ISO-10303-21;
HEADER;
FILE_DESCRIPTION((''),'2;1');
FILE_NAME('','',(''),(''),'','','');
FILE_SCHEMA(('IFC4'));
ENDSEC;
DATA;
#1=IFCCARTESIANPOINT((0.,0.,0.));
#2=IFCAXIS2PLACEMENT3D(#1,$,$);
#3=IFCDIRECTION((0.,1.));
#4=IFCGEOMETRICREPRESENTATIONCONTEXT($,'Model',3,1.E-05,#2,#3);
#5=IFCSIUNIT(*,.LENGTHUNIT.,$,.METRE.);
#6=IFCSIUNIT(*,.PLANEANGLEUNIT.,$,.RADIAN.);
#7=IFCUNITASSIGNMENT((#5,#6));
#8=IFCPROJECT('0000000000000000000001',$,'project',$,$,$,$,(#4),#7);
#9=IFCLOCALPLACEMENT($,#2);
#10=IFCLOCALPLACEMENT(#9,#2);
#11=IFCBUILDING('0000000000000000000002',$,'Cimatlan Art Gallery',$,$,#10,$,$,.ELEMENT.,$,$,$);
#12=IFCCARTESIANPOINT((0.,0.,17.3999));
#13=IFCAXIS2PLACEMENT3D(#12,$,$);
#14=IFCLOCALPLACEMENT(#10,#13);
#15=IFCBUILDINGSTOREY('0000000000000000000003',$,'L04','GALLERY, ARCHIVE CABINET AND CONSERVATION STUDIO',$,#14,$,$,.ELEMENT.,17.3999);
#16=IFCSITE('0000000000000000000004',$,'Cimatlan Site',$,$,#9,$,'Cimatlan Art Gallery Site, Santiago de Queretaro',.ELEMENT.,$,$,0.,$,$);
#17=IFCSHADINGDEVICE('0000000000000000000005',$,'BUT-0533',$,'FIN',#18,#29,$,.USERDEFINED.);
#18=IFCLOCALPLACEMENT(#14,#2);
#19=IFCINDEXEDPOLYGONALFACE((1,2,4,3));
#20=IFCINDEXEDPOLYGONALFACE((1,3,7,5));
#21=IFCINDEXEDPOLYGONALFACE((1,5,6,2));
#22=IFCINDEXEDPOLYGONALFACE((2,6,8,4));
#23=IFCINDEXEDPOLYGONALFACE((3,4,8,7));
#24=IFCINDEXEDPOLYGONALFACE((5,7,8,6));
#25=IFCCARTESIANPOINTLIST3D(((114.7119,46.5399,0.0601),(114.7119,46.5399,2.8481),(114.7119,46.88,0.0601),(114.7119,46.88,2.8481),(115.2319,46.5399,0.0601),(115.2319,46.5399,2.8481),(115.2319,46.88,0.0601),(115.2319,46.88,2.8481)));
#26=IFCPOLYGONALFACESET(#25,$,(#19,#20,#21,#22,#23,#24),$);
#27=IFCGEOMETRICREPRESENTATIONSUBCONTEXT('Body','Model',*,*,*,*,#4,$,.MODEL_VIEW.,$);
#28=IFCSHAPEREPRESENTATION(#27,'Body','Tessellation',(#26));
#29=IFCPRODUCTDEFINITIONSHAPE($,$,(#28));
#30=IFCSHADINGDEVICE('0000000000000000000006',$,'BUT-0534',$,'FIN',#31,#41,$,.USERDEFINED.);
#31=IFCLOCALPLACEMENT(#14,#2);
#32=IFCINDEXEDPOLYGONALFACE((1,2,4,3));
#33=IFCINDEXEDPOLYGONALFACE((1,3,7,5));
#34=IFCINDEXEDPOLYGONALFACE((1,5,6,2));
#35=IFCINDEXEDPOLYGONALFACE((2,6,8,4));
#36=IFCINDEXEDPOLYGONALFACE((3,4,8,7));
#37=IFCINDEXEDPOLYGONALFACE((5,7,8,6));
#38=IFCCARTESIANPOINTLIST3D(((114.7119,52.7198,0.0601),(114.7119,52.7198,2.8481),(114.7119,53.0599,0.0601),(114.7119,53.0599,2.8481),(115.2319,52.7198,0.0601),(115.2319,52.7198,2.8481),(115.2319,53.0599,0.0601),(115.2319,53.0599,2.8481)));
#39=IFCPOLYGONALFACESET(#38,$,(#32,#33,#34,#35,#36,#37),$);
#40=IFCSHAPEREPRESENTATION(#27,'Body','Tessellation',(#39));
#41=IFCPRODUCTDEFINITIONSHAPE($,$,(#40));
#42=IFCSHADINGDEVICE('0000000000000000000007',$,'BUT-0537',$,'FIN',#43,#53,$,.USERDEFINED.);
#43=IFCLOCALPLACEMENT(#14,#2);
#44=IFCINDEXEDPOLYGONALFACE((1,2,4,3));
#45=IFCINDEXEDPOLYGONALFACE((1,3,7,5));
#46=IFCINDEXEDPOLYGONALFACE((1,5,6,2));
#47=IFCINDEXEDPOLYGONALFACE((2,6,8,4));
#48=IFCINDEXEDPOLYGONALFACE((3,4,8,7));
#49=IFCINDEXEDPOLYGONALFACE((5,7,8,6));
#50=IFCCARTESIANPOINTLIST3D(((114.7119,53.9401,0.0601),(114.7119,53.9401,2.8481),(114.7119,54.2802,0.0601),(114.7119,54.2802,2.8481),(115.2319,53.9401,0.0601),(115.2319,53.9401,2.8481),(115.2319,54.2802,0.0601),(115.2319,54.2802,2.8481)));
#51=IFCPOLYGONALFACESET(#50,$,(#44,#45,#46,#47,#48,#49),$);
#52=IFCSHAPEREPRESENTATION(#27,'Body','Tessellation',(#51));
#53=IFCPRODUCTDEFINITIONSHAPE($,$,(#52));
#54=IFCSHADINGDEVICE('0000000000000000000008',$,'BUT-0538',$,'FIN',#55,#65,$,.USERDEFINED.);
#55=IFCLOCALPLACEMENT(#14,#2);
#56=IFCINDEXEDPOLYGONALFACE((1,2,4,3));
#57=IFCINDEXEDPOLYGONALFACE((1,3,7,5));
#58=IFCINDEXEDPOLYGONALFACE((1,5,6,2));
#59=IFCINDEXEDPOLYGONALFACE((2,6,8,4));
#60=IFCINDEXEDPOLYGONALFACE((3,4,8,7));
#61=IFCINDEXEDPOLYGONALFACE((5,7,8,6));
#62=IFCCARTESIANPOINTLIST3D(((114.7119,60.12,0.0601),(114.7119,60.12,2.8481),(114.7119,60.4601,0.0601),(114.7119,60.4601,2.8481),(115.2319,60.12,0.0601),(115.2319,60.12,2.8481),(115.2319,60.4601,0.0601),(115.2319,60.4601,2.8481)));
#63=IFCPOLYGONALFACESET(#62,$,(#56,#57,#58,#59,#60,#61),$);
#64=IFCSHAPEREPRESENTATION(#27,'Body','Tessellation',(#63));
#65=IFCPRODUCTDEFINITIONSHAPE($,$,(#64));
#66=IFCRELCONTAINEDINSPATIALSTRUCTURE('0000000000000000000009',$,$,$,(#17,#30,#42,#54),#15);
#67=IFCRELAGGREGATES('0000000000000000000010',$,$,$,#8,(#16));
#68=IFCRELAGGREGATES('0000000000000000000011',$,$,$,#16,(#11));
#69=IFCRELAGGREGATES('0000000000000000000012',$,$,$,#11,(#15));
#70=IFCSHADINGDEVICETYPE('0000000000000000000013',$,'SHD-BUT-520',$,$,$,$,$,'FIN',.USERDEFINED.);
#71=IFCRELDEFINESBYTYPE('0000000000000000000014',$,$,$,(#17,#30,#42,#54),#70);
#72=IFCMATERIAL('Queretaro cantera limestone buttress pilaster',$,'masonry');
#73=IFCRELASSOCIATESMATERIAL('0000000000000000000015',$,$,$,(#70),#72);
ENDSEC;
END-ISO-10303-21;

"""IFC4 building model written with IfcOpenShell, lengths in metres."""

from ifc_helpers import new_model, si_unit, direction, frame, origin, origin_2d, place, context, subcontext, project, spatial, rectangle, extrude, material, type_object, element, save


model = new_model("IFC4")

# Units and contexts
model_context = context("Model", 3, precision=1e-05, world=origin(), true_north=direction((0.0, 1.0)))
body_context = subcontext(model_context, "Body", "Model", "MODEL_VIEW")
ifc_project = project(units=[si_unit("LENGTHUNIT", "METRE"), si_unit("PLANEANGLEUNIT", "RADIAN")], contexts=[model_context])

# Site, building, storey
site_placement = place(None, origin())
site = spatial("IfcSite", under=ifc_project, at=site_placement, Name="Cimatlan Site", LongName="Cimatlan Art Gallery Site, Santiago de Queretaro", CompositionType="ELEMENT", RefElevation=0.0)
building_placement = place(site_placement, origin())
building = spatial("IfcBuilding", under=site, at=building_placement, Name="Cimatlan Art Gallery", CompositionType="ELEMENT")
storey_placement = place(building_placement, frame((0.0, 0.0, 17.3999)))
storey = spatial("IfcBuildingStorey", under=building, at=storey_placement, Name="L04", Description="GALLERY, ARCHIVE CABINET AND CONSERVATION STUDIO", CompositionType="ELEMENT", Elevation=17.3999)

# Shading devices
ifc_material_1 = material(Name="Queretaro cantera limestone buttress pilaster", Category="masonry")
shading_device_type = type_object("IfcShadingDeviceType", Name="SHD-BUT-520", ElementType="FIN", PredefinedType="USERDEFINED", material=ifc_material_1)
for number, where, z_axis, x_axis, name in (
    (1, (114.9719, 46.71, 0.0601), (0.0, 0.0, 1.0), (0.0, 1.0, 0.0), "BUT-0533"),
    (2, (114.9719, 52.8899, 0.0601), (0.0, 0.0, 1.0), (0.0, 1.0, 0.0), "BUT-0534"),
    (3, (114.9719, 54.1101, 0.0601), (0.0, 0.0, 1.0), (0.0, 1.0, 0.0), "BUT-0537"),
    (4, (114.9719, 60.29, 0.0601), (0.0, 0.0, 1.0), (0.0, 1.0, 0.0), "BUT-0538"),
):
    element("IfcShadingDevice", number, at=place(storey_placement, frame(where, z_axis=z_axis, x_axis=x_axis)), inside=storey, type_object=shading_device_type, Name=name, ObjectType="FIN", PredefinedType="USERDEFINED", context=body_context, shape_type="SweptSolid", body=[
        extrude(rectangle(XDim=0.3401, YDim=0.52, at=origin_2d()), origin(), (0.0, 0.0, 1.0), 2.7881),
    ])

save(model, "model.ifc")
